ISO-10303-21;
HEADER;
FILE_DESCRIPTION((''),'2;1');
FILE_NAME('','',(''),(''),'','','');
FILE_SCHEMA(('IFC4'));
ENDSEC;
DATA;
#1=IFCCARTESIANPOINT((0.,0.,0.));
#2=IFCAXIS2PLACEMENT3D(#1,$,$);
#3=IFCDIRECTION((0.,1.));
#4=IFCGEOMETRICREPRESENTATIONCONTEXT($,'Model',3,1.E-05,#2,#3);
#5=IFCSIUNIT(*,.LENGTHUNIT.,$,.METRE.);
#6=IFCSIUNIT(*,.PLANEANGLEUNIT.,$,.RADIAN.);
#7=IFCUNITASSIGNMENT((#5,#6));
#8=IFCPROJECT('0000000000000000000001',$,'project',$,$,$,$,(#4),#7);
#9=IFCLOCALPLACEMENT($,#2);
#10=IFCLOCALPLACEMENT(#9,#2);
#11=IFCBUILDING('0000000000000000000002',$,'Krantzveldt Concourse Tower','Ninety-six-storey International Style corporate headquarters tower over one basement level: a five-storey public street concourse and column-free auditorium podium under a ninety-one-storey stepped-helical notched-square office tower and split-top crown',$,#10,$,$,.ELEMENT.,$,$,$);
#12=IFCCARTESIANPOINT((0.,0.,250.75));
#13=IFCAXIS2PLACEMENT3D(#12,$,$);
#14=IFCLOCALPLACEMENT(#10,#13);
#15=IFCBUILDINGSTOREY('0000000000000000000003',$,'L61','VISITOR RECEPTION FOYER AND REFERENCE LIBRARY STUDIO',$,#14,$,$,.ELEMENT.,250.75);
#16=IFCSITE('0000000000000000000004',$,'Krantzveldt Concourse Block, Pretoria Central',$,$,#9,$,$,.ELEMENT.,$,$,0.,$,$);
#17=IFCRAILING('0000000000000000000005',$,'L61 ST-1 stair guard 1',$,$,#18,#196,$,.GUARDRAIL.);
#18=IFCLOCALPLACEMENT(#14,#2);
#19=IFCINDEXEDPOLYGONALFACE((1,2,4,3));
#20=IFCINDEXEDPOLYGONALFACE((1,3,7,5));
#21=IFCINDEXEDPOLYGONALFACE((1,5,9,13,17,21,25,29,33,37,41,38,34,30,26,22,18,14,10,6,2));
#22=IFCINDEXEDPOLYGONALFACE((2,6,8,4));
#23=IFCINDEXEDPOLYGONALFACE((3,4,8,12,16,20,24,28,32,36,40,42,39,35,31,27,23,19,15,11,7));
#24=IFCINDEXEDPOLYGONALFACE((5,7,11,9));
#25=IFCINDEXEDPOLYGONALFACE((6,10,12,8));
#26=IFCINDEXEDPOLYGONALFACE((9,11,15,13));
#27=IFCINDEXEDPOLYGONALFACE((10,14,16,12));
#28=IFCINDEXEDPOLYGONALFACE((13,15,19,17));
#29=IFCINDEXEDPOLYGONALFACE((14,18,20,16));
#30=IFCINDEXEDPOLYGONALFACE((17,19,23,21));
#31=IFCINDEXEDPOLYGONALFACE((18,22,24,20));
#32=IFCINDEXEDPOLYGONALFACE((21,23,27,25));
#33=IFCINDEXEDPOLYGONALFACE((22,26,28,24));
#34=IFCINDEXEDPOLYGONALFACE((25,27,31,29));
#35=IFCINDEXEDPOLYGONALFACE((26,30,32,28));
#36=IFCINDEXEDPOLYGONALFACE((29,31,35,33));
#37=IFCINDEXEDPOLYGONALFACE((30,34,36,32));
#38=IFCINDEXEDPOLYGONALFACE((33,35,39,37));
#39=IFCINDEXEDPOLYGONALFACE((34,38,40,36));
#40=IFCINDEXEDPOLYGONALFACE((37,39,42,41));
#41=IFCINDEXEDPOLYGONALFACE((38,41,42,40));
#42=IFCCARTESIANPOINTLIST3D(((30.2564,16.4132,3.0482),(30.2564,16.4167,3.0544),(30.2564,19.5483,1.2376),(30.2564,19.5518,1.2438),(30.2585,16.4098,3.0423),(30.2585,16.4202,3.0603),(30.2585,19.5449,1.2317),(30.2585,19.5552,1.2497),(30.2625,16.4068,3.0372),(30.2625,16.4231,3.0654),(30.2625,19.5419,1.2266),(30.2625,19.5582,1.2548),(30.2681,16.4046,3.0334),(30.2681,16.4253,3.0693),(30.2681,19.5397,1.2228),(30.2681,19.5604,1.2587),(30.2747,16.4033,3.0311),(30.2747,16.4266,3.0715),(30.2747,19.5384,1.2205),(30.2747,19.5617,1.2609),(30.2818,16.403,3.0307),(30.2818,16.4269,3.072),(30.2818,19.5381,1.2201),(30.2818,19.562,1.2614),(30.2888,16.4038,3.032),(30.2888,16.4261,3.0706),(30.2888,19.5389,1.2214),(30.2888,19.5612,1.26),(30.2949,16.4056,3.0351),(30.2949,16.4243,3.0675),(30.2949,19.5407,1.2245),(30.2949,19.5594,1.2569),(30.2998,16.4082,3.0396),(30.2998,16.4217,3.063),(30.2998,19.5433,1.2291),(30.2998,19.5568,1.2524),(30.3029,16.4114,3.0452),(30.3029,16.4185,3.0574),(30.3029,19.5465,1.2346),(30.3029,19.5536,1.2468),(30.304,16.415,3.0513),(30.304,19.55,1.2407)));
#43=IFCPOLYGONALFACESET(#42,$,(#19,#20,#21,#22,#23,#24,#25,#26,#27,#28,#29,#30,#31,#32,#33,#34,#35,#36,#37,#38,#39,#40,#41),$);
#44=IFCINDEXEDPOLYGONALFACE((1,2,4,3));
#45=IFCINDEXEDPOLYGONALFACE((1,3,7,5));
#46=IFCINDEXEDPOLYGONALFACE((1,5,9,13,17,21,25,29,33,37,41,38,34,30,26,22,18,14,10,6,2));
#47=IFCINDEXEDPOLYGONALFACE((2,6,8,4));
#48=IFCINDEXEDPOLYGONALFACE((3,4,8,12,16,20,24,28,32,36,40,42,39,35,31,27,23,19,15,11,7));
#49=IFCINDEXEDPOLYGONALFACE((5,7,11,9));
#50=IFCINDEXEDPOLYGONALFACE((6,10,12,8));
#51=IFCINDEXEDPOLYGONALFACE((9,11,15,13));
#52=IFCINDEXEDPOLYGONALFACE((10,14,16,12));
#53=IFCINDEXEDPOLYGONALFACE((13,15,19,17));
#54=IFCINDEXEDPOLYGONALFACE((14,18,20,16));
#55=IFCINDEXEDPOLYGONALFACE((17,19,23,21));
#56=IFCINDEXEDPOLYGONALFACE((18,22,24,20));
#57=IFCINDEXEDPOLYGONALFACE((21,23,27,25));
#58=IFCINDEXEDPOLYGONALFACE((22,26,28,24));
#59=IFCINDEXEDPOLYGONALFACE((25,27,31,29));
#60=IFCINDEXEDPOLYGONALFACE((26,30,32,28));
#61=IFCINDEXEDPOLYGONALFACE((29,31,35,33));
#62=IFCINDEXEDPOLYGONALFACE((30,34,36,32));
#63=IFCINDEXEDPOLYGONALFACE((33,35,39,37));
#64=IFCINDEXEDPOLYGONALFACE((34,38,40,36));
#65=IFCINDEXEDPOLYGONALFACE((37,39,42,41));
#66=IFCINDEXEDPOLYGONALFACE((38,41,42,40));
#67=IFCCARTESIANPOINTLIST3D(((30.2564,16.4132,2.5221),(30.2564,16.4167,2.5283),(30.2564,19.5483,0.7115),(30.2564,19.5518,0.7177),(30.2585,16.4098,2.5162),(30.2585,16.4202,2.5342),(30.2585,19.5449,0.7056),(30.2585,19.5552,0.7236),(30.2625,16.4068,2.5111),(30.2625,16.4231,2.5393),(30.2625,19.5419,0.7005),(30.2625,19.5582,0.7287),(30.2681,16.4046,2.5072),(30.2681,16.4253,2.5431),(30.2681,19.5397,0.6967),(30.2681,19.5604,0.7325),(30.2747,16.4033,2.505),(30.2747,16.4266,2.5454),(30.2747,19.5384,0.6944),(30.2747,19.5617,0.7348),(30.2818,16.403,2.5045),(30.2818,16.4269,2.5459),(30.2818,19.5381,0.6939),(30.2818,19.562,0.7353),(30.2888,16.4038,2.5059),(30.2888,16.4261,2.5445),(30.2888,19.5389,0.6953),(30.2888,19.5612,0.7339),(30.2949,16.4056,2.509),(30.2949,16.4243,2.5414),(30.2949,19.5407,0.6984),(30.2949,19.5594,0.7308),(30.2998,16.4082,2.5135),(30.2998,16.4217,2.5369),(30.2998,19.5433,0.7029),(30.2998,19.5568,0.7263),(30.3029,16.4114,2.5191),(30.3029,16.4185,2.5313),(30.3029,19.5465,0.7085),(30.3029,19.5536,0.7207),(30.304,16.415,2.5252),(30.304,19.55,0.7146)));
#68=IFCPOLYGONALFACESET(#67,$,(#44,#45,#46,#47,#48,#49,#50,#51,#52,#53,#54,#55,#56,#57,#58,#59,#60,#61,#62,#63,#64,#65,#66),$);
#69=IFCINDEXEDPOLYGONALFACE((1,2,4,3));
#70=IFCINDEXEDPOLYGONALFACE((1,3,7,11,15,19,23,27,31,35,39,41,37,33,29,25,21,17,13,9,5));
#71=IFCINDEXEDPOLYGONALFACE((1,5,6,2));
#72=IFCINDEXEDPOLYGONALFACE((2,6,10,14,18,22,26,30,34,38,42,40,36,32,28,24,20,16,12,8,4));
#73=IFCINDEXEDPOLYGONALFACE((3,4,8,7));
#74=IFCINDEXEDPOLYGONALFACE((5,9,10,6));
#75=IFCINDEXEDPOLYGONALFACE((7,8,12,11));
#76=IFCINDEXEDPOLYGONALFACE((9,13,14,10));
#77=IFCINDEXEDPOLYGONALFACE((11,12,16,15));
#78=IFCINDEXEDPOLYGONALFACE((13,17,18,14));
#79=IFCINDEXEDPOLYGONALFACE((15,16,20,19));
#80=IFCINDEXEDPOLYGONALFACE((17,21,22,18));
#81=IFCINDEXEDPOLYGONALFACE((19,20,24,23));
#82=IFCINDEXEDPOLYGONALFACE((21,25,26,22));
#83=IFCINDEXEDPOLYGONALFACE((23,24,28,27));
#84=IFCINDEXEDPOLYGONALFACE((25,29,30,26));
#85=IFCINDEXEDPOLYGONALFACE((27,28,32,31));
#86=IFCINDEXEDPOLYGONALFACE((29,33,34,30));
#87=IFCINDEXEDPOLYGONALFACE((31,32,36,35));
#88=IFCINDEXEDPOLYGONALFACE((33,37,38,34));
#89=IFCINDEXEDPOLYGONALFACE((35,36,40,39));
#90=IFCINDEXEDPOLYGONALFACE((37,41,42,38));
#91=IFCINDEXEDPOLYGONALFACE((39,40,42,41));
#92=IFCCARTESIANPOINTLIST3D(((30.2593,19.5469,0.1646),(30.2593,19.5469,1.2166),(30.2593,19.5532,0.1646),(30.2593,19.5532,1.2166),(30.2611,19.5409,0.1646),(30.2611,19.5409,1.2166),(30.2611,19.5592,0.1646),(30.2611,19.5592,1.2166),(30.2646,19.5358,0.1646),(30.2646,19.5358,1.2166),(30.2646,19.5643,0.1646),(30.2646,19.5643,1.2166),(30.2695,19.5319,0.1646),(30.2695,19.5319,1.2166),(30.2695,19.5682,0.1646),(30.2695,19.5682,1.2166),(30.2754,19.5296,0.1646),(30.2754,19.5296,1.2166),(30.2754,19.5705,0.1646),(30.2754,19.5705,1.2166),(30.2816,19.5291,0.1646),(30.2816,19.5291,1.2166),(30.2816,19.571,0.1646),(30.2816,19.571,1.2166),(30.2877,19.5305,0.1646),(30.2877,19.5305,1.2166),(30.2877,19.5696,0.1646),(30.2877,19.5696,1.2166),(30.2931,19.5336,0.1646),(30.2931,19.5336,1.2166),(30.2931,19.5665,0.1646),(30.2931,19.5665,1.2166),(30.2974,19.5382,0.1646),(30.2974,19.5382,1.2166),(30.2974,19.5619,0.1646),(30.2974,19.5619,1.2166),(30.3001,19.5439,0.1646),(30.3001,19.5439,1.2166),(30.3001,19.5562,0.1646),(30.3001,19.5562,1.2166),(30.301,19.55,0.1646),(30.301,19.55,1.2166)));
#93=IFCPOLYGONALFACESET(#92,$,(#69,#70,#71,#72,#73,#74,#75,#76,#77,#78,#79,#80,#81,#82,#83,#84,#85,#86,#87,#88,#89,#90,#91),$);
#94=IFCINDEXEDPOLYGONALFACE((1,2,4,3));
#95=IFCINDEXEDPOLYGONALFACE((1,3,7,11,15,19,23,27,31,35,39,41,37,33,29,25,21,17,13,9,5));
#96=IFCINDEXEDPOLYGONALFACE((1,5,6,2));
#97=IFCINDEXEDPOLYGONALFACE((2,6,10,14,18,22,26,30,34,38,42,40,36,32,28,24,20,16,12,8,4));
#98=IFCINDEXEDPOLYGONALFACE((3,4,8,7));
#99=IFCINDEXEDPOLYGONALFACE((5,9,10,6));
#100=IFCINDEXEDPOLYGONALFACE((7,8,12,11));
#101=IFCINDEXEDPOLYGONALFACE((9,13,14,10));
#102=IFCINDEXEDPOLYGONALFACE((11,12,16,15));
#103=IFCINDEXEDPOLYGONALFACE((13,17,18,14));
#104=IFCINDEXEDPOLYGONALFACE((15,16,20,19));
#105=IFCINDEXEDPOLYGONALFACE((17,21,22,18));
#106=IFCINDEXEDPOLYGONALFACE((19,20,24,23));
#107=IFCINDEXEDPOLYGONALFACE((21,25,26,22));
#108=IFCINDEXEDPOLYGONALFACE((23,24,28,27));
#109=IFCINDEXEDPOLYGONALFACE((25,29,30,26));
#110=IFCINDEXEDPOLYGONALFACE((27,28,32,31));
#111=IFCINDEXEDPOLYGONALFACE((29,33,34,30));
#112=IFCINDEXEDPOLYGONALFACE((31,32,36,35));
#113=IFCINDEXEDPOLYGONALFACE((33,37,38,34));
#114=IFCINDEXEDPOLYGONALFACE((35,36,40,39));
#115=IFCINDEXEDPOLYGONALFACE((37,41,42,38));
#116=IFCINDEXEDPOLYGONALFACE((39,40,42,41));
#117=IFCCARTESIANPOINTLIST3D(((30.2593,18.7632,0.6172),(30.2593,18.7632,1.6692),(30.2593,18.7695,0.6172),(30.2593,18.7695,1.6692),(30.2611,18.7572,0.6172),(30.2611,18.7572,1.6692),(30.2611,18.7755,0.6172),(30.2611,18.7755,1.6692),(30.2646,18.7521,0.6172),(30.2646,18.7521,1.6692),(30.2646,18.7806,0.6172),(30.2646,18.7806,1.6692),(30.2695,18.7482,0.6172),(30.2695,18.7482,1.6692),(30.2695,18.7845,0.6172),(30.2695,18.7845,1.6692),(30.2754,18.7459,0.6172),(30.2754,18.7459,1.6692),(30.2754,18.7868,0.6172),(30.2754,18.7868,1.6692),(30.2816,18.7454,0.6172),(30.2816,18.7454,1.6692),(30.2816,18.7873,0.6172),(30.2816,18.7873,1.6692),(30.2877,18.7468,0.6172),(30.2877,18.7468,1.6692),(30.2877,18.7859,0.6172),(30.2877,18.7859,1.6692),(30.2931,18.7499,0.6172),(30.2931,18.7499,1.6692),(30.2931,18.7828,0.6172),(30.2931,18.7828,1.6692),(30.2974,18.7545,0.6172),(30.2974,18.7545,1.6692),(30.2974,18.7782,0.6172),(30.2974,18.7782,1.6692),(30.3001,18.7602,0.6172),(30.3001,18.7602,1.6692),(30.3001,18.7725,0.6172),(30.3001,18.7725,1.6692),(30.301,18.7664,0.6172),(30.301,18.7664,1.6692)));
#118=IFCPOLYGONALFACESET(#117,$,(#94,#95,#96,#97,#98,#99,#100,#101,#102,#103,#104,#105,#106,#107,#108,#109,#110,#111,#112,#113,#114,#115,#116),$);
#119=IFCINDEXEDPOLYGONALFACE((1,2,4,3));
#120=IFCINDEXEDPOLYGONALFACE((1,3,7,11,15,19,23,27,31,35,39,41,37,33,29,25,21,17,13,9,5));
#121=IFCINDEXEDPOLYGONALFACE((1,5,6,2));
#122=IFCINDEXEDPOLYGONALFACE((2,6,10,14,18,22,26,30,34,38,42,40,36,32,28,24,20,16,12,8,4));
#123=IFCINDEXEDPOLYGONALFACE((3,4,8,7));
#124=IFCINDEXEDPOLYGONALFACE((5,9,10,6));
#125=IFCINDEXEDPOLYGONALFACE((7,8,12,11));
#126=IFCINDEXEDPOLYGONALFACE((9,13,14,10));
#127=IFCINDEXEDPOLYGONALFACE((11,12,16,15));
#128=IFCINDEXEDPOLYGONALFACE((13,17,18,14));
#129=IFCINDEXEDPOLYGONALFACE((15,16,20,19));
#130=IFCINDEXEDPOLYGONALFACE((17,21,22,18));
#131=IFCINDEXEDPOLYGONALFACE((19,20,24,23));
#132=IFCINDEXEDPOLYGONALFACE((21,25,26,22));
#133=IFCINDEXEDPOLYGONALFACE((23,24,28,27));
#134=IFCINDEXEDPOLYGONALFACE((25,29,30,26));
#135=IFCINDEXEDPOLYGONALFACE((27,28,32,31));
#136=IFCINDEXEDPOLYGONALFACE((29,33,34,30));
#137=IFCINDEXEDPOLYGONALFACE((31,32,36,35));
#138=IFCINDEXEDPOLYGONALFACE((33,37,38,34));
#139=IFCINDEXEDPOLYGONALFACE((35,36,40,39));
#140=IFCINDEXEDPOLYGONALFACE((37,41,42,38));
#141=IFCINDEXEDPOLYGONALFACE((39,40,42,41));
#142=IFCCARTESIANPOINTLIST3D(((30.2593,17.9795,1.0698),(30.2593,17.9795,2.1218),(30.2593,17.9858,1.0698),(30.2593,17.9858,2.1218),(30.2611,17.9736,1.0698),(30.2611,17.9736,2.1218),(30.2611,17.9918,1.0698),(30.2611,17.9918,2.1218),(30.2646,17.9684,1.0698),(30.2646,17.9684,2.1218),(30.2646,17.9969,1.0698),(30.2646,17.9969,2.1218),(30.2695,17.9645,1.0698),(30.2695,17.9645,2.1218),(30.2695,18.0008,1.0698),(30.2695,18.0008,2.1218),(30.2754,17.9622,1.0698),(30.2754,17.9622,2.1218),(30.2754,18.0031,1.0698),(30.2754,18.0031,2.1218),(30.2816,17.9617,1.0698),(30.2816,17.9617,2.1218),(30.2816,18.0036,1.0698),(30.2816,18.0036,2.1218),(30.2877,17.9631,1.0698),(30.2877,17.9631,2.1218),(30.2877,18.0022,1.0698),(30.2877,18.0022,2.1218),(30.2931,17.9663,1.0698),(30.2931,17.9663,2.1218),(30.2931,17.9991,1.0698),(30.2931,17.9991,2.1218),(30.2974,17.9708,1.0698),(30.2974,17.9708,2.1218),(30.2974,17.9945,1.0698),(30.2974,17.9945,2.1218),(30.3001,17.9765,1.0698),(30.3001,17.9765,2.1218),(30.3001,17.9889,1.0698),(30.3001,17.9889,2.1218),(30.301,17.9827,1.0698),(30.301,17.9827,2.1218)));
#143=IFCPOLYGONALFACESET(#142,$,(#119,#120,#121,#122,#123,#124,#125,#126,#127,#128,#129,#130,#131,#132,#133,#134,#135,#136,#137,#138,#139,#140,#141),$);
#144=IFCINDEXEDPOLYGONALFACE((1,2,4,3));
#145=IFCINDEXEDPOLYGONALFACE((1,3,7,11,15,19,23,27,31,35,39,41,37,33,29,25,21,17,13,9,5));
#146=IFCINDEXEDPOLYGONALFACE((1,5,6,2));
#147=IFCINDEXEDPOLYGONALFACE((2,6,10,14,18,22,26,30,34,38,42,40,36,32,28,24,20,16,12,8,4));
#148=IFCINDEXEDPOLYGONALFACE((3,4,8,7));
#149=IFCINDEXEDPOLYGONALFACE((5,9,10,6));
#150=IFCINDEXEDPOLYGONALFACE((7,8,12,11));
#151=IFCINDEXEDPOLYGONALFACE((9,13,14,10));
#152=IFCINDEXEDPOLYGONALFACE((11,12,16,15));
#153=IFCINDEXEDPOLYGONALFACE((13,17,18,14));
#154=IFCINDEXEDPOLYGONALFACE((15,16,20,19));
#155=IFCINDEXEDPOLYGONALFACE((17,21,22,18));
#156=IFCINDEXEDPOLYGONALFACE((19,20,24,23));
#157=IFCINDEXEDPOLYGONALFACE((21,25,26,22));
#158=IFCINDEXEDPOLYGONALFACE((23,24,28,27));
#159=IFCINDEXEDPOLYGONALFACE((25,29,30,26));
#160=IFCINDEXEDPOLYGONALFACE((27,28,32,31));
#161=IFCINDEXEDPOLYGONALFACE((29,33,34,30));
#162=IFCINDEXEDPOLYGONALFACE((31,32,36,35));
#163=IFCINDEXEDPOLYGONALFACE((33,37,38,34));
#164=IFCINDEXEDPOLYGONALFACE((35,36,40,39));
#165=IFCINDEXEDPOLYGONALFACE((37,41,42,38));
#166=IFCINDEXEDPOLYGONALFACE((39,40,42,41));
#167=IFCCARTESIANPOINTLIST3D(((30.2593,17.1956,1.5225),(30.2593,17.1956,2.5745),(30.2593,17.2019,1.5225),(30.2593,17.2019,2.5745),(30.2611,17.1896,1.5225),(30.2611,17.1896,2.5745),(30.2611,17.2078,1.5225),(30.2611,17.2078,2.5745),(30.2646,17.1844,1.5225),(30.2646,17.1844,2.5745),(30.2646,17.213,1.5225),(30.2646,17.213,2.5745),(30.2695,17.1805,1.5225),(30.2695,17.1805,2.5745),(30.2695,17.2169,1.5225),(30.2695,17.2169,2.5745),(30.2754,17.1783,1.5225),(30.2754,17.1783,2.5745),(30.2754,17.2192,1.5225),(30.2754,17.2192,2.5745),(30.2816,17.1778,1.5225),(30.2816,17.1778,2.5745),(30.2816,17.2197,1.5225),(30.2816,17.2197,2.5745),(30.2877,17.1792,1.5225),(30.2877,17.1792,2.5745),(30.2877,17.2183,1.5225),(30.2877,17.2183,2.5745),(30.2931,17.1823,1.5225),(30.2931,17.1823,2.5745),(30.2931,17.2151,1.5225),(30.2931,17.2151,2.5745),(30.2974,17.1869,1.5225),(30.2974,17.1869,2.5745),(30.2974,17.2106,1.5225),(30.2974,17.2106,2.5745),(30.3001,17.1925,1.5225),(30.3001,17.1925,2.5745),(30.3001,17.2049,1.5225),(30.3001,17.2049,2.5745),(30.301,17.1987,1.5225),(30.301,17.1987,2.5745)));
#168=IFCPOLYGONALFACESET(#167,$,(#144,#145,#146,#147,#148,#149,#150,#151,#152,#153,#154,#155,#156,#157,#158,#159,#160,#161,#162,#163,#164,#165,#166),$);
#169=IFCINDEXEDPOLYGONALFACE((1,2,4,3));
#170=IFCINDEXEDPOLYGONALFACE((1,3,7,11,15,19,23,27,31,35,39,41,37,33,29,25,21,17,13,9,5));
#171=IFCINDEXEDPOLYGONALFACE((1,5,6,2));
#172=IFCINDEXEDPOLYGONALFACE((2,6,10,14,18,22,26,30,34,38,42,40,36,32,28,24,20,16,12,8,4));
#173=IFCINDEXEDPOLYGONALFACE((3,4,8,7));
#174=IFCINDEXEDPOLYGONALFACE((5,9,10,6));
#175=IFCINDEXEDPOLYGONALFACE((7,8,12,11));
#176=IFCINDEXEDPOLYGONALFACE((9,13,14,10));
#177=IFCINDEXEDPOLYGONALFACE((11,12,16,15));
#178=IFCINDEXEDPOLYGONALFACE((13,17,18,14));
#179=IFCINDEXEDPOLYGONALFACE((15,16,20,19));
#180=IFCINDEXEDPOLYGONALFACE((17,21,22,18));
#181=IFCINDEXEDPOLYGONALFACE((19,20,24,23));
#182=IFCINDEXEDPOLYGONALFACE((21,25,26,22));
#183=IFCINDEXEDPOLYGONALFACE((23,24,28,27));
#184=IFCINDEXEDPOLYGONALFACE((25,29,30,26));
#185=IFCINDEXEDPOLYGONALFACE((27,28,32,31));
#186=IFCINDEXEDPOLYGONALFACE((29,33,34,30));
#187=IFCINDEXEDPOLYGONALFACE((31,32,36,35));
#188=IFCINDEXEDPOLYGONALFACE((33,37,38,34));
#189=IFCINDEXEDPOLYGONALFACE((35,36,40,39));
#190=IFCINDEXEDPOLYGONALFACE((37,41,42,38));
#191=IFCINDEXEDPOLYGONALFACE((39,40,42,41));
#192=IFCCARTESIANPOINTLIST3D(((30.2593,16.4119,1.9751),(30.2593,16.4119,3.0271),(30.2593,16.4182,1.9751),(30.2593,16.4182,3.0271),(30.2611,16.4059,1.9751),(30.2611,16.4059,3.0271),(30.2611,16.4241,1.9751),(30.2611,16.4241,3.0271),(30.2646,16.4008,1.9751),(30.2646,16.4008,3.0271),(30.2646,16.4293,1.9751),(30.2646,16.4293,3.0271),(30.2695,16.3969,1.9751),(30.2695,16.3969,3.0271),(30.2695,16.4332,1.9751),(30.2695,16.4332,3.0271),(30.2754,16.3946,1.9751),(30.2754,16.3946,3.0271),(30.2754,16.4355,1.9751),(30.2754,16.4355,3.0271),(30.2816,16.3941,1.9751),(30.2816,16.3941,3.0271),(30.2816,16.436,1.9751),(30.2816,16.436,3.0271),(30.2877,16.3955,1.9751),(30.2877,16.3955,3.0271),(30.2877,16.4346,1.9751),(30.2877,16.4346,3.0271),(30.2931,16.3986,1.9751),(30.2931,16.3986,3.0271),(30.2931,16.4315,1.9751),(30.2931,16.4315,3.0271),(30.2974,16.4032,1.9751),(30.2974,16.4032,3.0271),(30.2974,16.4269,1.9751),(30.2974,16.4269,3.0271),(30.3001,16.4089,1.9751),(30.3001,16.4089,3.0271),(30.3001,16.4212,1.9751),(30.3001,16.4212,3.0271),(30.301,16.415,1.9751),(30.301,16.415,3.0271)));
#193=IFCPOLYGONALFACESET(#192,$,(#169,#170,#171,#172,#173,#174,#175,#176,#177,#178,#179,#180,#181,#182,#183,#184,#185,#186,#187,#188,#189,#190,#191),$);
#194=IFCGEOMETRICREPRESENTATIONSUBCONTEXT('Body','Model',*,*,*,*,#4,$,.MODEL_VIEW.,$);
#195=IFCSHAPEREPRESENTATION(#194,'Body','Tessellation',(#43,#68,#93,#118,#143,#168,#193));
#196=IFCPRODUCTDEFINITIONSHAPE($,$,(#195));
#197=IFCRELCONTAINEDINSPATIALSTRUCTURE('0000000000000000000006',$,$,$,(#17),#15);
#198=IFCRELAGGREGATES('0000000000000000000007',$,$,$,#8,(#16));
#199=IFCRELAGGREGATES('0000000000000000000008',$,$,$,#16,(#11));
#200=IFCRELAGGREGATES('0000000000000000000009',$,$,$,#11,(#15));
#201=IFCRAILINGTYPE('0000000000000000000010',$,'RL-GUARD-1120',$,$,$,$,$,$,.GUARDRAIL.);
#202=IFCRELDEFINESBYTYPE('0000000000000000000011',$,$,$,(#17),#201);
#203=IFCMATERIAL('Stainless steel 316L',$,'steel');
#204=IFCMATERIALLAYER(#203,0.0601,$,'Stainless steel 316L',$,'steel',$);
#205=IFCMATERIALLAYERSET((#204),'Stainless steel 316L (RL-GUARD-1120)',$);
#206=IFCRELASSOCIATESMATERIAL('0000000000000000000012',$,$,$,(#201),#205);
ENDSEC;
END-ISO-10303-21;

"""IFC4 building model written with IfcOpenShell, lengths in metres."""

from ifc_helpers import new_model, si_unit, direction, frame, origin, origin_2d, place, context, subcontext, project, spatial, circle, extrude, material, layer, layer_set, type_object, element, save


model = new_model("IFC4")

# Units and contexts
model_context = context("Model", 3, precision=1e-05, world=origin(), true_north=direction((0.0, 1.0)))
body_context = subcontext(model_context, "Body", "Model", "MODEL_VIEW")
ifc_project = project(units=[si_unit("LENGTHUNIT", "METRE"), si_unit("PLANEANGLEUNIT", "RADIAN")], contexts=[model_context])

# Site, building, storey
site_placement = place(None, origin())
site = spatial("IfcSite", under=ifc_project, at=site_placement, Name="Krantzveldt Concourse Block, Pretoria Central", CompositionType="ELEMENT", RefElevation=0.0)
building_placement = place(site_placement, origin())
building = spatial("IfcBuilding", under=site, at=building_placement, Name="Krantzveldt Concourse Tower", Description="Ninety-six-storey International Style corporate headquarters tower over one basement level: a five-storey public street concourse and column-free auditorium podium under a ninety-one-storey stepped-helical notched-square office tower and split-top crown", CompositionType="ELEMENT")
storey_placement = place(building_placement, frame((0.0, 0.0, 250.75)))
storey = spatial("IfcBuildingStorey", under=building, at=storey_placement, Name="L61", Description="VISITOR RECEPTION FOYER AND REFERENCE LIBRARY STUDIO", CompositionType="ELEMENT", Elevation=250.75)

# Railing
ifc_material_1 = material(Name="Stainless steel 316L", Category="steel")
ifc_layer_1 = layer(ifc_material_1, 0.0601, Name="Stainless steel 316L", Category="steel")
ifc_layer_set_1 = layer_set([ifc_layer_1], Name="Stainless steel 316L (RL-GUARD-1120)")
railing_type_1 = type_object("IfcRailingType", Name="RL-GUARD-1120", PredefinedType="GUARDRAIL", material=ifc_layer_set_1)
railing_1_placement = place(storey_placement, frame((30.28, 19.55, 0.1646)))
element("IfcRailing", 1, at=railing_1_placement, inside=storey, type_object=railing_type_1, Name="L61 ST-1 stair guard 1", PredefinedType="GUARDRAIL", context=body_context, shape_type="SweptSolid", body=[
    extrude(circle(Radius=0.0239, at=origin_2d()), frame((0.0, 0.0, 1.0762), z_axis=(0.0, -0.86596, 0.500114), x_axis=(1.0, 0.0, 0.0)), (0.0, 0.0, 1.0), 3.6204),
    extrude(circle(Radius=0.0239, at=origin_2d()), frame((0.0, 0.0, 0.55), z_axis=(0.0, -0.86596, 0.500114), x_axis=(1.0, 0.0, 0.0)), (0.0, 0.0, 1.0), 3.6204),
    extrude(circle(Radius=0.021, at=origin_2d()), origin(), (0.0, 0.0, 1.0), 1.052),
    extrude(circle(Radius=0.021, at=origin_2d()), frame((0.0, -0.7837, 0.4526)), (0.0, 0.0, 1.0), 1.052),
    extrude(circle(Radius=0.021, at=origin_2d()), frame((0.0, -1.5674, 0.9053)), (0.0, 0.0, 1.0), 1.052),
    extrude(circle(Radius=0.021, at=origin_2d()), frame((0.0, -2.3513, 1.3579)), (0.0, 0.0, 1.0), 1.052),
    extrude(circle(Radius=0.021, at=origin_2d()), frame((0.0, -3.135, 1.8105)), (0.0, 0.0, 1.0), 1.052),
])

save(model, "model.ifc")
